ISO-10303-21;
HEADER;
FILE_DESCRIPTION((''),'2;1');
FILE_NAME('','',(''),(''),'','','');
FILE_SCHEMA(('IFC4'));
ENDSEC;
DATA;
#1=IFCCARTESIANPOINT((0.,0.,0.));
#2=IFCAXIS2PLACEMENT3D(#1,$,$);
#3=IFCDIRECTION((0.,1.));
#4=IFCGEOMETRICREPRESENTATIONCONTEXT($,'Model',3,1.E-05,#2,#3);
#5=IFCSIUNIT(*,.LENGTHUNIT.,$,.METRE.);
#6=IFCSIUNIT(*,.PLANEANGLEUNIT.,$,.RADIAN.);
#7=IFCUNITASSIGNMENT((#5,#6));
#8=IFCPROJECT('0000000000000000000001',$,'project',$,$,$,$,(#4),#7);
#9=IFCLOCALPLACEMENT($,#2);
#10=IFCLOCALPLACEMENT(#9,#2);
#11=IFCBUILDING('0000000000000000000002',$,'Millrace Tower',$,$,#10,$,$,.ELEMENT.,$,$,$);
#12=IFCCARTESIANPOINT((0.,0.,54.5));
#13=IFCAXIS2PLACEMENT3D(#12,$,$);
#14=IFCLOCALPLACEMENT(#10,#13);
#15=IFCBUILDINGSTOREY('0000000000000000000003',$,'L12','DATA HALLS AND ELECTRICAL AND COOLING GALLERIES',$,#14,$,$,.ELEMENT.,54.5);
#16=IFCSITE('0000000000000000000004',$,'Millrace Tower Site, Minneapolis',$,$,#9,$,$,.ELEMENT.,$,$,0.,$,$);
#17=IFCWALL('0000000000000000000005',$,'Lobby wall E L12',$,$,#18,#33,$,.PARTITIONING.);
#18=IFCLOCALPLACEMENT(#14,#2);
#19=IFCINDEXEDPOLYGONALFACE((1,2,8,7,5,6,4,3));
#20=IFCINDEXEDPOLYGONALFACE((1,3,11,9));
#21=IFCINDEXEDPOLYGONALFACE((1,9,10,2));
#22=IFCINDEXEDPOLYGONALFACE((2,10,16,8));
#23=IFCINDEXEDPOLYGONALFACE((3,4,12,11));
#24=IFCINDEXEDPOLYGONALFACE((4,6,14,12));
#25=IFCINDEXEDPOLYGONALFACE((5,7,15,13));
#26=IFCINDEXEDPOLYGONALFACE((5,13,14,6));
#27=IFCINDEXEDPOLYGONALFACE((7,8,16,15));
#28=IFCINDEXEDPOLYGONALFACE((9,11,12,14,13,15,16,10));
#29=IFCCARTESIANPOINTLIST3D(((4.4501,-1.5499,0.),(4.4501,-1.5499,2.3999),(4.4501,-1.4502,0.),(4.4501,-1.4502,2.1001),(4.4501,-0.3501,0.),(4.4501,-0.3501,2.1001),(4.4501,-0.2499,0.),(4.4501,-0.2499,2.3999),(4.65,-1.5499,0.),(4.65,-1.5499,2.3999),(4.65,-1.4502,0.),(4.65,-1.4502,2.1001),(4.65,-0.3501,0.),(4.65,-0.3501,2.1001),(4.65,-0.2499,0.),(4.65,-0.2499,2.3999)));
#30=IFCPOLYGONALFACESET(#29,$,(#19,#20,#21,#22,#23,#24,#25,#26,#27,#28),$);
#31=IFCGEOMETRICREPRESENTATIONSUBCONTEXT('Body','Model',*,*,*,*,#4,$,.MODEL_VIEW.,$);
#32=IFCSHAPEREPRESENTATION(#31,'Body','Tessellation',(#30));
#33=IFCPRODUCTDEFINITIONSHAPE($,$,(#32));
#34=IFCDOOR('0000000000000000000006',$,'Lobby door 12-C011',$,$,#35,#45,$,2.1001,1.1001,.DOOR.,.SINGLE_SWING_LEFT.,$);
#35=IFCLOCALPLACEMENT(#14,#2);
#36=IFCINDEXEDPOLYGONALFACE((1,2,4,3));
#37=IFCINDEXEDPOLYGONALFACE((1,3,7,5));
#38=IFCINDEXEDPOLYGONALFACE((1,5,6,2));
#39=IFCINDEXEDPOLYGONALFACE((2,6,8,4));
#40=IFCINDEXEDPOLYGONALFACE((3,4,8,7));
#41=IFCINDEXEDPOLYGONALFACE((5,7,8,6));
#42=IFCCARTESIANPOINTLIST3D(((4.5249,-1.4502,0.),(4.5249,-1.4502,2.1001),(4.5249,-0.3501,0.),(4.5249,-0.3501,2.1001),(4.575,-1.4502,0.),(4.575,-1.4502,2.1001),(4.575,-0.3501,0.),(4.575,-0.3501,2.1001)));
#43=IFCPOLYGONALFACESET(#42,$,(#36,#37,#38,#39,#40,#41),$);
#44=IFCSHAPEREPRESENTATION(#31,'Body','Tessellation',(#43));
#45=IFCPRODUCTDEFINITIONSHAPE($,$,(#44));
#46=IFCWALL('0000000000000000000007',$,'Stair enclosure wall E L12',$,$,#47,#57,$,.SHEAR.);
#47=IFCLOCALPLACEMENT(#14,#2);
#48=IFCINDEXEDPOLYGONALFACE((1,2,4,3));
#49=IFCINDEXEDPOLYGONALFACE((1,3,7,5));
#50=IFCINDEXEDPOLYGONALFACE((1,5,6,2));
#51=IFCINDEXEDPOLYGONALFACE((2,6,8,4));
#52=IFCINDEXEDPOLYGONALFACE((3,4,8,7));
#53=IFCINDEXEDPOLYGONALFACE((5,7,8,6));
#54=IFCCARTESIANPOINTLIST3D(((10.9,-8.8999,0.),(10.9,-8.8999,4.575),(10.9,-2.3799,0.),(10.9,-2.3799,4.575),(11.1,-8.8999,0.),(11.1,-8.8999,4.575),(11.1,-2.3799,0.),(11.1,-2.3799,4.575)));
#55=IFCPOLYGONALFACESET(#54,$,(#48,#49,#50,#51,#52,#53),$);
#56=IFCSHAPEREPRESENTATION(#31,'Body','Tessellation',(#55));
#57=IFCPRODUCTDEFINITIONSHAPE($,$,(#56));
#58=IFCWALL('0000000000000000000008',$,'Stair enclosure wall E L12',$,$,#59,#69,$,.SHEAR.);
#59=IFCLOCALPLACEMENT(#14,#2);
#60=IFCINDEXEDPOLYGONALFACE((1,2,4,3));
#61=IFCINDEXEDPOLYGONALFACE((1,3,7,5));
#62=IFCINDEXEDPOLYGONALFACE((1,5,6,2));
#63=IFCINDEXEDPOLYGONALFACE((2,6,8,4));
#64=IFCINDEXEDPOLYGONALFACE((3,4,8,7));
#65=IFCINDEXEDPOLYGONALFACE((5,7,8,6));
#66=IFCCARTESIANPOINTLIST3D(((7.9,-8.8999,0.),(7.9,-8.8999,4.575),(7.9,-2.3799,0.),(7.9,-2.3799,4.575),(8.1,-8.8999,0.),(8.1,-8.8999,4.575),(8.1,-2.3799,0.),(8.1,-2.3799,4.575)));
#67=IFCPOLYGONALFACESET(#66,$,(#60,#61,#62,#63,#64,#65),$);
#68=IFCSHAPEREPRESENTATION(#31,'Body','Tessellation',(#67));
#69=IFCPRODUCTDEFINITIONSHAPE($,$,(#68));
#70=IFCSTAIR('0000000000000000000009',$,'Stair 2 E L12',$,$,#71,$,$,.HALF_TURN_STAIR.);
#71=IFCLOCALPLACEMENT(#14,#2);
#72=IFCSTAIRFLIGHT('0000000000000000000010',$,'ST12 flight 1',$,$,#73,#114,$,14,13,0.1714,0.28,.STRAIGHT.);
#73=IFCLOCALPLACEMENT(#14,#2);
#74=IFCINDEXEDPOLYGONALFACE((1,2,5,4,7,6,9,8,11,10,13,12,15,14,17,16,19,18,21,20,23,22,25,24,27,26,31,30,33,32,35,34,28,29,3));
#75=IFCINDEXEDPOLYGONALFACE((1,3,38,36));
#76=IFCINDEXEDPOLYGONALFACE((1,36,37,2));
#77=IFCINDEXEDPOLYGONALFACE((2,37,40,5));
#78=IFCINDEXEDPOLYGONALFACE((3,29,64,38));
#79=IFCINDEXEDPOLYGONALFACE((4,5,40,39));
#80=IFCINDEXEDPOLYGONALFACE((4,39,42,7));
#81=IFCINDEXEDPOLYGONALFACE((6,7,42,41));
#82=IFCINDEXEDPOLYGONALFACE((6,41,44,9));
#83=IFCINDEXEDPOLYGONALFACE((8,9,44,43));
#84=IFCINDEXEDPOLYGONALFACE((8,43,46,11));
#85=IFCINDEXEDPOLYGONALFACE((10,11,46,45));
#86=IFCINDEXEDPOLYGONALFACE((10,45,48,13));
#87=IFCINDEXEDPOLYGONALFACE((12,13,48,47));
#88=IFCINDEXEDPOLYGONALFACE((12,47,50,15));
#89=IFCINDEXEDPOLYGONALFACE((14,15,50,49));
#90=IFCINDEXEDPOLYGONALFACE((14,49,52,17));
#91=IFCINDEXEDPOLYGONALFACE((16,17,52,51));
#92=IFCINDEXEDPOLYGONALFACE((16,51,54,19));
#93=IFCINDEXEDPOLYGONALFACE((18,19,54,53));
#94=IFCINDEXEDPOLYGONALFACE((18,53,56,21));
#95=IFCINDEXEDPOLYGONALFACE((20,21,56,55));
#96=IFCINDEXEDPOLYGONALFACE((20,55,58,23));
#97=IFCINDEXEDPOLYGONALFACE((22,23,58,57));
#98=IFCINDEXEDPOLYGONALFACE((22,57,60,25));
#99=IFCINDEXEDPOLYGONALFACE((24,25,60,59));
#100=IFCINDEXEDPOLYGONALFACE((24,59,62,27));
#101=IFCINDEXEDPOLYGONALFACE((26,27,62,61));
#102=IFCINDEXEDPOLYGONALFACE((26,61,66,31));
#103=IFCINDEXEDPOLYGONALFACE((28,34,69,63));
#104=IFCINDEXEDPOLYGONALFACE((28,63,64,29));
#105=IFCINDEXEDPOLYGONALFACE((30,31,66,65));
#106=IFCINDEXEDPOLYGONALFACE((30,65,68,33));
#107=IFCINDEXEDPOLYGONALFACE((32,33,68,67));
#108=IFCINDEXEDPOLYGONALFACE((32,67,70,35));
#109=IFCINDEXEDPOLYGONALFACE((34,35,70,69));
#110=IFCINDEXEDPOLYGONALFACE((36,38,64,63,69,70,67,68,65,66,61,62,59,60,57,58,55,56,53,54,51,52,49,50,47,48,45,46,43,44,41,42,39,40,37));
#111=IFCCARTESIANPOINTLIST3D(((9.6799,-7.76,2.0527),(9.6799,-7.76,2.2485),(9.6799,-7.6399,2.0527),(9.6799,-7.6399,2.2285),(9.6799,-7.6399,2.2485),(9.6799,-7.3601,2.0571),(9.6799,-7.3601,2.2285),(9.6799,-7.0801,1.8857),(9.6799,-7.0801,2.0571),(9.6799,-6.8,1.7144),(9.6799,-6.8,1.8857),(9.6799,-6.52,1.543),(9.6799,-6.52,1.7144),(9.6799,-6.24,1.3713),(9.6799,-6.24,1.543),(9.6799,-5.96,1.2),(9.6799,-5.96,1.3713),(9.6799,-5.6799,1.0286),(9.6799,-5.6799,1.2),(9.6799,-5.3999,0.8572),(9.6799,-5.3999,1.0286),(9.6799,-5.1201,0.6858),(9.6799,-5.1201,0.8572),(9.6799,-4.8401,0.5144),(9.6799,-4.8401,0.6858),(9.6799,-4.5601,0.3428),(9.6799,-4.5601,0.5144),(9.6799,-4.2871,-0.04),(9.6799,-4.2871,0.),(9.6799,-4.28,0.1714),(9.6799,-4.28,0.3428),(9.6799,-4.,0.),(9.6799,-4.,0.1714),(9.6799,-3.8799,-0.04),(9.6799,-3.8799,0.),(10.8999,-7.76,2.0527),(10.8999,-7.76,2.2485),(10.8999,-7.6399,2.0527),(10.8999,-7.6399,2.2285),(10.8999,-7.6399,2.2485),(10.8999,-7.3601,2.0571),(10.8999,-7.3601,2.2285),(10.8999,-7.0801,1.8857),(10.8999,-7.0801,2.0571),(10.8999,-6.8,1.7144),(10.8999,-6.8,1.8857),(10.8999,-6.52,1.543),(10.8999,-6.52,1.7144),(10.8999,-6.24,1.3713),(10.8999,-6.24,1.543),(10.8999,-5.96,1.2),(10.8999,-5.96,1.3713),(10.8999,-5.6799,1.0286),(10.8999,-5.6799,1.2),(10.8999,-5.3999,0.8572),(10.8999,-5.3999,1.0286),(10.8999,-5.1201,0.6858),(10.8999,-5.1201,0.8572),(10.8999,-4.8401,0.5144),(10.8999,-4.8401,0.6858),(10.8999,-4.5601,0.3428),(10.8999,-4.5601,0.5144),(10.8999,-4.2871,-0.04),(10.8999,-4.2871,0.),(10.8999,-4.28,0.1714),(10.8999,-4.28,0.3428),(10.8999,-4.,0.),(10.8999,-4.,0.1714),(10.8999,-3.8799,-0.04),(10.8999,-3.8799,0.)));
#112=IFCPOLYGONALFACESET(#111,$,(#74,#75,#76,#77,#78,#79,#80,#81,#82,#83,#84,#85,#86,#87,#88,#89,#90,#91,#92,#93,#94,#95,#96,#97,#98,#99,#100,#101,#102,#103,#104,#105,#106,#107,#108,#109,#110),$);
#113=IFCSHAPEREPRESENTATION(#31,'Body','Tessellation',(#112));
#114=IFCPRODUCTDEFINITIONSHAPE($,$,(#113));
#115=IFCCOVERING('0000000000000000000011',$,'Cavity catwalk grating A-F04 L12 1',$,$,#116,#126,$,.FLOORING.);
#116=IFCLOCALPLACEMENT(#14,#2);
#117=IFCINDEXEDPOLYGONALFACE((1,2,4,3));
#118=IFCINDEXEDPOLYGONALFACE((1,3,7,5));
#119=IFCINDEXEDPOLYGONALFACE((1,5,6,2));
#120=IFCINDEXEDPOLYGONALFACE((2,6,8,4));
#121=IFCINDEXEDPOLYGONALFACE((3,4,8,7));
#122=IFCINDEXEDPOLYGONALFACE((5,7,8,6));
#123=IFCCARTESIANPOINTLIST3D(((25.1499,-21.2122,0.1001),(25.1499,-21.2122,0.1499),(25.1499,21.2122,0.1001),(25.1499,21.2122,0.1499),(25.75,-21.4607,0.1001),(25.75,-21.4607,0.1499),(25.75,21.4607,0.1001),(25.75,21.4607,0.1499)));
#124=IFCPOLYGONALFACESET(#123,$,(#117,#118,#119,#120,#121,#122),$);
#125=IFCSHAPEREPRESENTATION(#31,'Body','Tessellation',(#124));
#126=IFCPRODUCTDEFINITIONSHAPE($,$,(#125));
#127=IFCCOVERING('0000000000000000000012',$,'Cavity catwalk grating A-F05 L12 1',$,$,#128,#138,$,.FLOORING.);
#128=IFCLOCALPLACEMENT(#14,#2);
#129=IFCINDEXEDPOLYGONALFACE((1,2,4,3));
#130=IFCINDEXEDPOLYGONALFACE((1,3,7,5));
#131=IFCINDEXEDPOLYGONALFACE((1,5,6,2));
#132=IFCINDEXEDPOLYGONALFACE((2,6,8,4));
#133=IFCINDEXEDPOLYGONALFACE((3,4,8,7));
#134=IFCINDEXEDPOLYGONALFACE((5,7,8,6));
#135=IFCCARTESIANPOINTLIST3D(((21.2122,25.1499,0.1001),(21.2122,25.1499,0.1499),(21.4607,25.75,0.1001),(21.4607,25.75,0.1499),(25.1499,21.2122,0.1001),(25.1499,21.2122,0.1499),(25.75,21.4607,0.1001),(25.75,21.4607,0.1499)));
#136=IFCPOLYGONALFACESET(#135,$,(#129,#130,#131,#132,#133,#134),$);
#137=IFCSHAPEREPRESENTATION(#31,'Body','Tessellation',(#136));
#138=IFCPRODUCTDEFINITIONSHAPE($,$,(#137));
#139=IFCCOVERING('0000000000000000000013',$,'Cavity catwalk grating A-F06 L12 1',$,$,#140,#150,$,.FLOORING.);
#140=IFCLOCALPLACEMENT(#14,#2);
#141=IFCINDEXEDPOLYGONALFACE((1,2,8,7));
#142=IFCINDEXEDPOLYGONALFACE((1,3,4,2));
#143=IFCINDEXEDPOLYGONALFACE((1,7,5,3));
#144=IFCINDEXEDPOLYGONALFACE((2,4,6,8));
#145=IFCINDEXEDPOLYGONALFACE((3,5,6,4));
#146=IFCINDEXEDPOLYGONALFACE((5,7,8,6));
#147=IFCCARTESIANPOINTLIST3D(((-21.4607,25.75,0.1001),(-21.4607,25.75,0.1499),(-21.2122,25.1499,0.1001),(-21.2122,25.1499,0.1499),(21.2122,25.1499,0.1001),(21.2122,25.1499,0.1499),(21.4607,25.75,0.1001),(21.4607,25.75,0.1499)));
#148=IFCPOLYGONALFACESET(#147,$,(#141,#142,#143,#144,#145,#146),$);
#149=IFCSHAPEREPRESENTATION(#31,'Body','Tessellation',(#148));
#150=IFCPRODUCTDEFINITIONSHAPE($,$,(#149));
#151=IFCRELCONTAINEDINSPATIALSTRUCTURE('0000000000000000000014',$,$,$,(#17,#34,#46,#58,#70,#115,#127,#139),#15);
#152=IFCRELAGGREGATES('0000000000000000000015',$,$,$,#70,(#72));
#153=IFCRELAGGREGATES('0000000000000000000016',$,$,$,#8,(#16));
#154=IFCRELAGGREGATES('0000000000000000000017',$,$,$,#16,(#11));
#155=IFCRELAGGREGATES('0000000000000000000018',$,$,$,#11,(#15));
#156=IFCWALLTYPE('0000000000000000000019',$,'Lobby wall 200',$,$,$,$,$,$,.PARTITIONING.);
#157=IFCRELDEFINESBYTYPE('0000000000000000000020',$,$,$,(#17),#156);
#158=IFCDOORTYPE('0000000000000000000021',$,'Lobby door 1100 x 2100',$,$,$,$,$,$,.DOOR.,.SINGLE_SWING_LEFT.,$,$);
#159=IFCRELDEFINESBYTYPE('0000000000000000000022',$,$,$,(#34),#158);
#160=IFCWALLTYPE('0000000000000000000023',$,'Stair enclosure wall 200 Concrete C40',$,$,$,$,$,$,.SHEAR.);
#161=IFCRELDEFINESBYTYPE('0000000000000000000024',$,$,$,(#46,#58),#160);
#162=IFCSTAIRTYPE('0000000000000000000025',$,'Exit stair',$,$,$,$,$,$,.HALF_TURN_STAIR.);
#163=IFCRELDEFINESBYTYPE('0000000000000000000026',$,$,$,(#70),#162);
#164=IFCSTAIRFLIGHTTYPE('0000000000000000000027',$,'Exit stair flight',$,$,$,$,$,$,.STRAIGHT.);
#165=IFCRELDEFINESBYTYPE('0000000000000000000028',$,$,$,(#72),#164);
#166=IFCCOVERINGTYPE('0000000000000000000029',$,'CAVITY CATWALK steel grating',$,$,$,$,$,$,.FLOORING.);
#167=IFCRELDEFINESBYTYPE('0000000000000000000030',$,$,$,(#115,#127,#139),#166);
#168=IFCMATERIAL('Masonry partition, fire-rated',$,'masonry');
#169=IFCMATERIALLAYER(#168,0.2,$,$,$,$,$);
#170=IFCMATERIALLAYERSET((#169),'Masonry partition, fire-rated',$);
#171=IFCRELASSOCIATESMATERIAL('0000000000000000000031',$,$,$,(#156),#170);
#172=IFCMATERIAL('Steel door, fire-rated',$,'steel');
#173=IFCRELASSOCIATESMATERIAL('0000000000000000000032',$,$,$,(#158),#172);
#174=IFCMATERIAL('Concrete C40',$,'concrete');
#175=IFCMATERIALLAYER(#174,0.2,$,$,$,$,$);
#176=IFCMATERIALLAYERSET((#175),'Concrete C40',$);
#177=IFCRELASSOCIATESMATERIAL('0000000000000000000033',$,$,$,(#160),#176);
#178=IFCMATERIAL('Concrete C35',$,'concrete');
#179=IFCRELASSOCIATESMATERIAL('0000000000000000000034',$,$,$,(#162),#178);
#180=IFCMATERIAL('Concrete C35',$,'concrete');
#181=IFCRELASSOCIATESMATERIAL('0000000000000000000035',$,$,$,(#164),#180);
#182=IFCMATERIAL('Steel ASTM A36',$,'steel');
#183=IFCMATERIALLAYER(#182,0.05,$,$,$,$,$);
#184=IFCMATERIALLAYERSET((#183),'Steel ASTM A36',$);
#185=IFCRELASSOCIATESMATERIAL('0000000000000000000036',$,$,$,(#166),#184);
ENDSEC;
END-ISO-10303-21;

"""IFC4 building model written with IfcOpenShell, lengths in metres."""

from ifc_helpers import new_model, si_unit, direction, frame, frame_2d, origin, place, context, subcontext, project, spatial, polyline, rectangle, outline, extrude, material, layer, layer_set, type_object, element, fill, aggregate, save


model = new_model("IFC4")

# Units and contexts
model_context = context("Model", 3, precision=1e-05, world=origin(), true_north=direction((0.0, 1.0)))
body_context = subcontext(model_context, "Body", "Model", "MODEL_VIEW")
ifc_project = project(units=[si_unit("LENGTHUNIT", "METRE"), si_unit("PLANEANGLEUNIT", "RADIAN")], contexts=[model_context])

# Site, building, storey
site_placement = place(None, origin())
site = spatial("IfcSite", under=ifc_project, at=site_placement, Name="Millrace Tower Site, Minneapolis", CompositionType="ELEMENT", RefElevation=0.0)
building_placement = place(site_placement, origin())
building = spatial("IfcBuilding", under=site, at=building_placement, Name="Millrace Tower", CompositionType="ELEMENT")
storey_placement = place(building_placement, frame((0.0, 0.0, 54.5)))
storey = spatial("IfcBuildingStorey", under=building, at=storey_placement, Name="L12", Description="DATA HALLS AND ELECTRICAL AND COOLING GALLERIES", CompositionType="ELEMENT", Elevation=54.5)

# Shared definitions
placement_1 = place(storey_placement, origin())

# Wall, opening, door
ifc_material_1 = material(Name="Masonry partition, fire-rated", Category="masonry")
ifc_layer_1 = layer(ifc_material_1, 0.2)
ifc_layer_set_1 = layer_set([ifc_layer_1], Name="Masonry partition, fire-rated")
wall_type_1 = type_object("IfcWallType", Name="Lobby wall 200", PredefinedType="PARTITIONING", material=ifc_layer_set_1)
wall_1_placement = place(storey_placement, frame((4.55, -0.25, 0.0), z_axis=(0.0, 0.0, 1.0), x_axis=(0.0, -1.0, 0.0)))
wall_1 = element("IfcWall", 1, at=wall_1_placement, inside=storey, type_object=wall_type_1, Name="Lobby wall E L12", PredefinedType="PARTITIONING", context=body_context, shape_type="SweptSolid", body=[
    extrude(rectangle(XDim=1.3, YDim=0.2, at=frame_2d((0.6499, 0.0))), origin(), (0.0, 0.0, 1.0), 2.3999),
])
opening_placement = place(wall_1_placement, frame((0.1001, 0.0, 0.0)))
opening = element("IfcOpeningElement", 2, at=opening_placement, cuts=wall_1, PredefinedType="OPENING", context=body_context, shape_type="SweptSolid", body=[
    extrude(rectangle(XDim=1.1001, YDim=2.1001, at=frame_2d((0.55, 1.05))), frame((0.0, 0.1099, 0.0), z_axis=(0.0, -1.0, 0.0), x_axis=(1.0, 0.0, 0.0)), (0.0, 0.0, 1.0), 0.22),
])
ifc_material_2 = material(Name="Steel door, fire-rated", Category="steel")
door_type = type_object("IfcDoorType", Name="Lobby door 1100 x 2100", OperationType="SINGLE_SWING_LEFT", PredefinedType="DOOR", material=ifc_material_2)
door_placement = place(opening_placement, origin())
door = element("IfcDoor", 3, at=door_placement, inside=storey, type_object=door_type, Name="Lobby door 12-C011", OperationType="SINGLE_SWING_LEFT", OverallHeight=2.1001, OverallWidth=1.1001, PredefinedType="DOOR", context=body_context, shape_type="SweptSolid", body=[
    extrude(rectangle(XDim=1.1001, YDim=2.1001, at=frame_2d((0.55, 1.05))), frame((0.0, 0.0249, 0.0), z_axis=(0.0, -1.0, 0.0), x_axis=(1.0, 0.0, 0.0)), (0.0, 0.0, 1.0), 0.05),
])
fill(opening, door)

# Walls
ifc_material_3 = material(Name="Concrete C40", Category="concrete")
ifc_layer_2 = layer(ifc_material_3, 0.2)
ifc_layer_set_2 = layer_set([ifc_layer_2], Name="Concrete C40")
wall_type_2 = type_object("IfcWallType", Name="Stair enclosure wall 200 Concrete C40", PredefinedType="SHEAR", material=ifc_layer_set_2)
for number, where, z_axis, x_axis, name in (
    (4, (11.0, -2.3799, 0.0), (0.0, 0.0, 1.0), (0.0, -1.0, 0.0), "Stair enclosure wall E L12"),
    (5, (8.0, -2.3799, 0.0), (0.0, 0.0, 1.0), (0.0, -1.0, 0.0), "Stair enclosure wall E L12"),
):
    element("IfcWall", number, at=place(storey_placement, frame(where, z_axis=z_axis, x_axis=x_axis)), inside=storey, type_object=wall_type_2, Name=name, PredefinedType="SHEAR", context=body_context, shape_type="SweptSolid", body=[
        extrude(rectangle(XDim=6.52, YDim=0.2, at=frame_2d((3.26, 0.0))), origin(), (0.0, 0.0, 1.0), 4.575),
    ])

# Stair, stair flight
ifc_material_4 = material(Name="Concrete C35", Category="concrete")
stair_type = type_object("IfcStairType", Name="Exit stair", PredefinedType="HALF_TURN_STAIR", material=ifc_material_4)
stair = element("IfcStair", 6, at=placement_1, inside=storey, type_object=stair_type, Name="Stair 2 E L12", PredefinedType="HALF_TURN_STAIR")
ifc_material_5 = material(Name="Concrete C35", Category="concrete")
stair_flight_type = type_object("IfcStairFlightType", Name="Exit stair flight", PredefinedType="STRAIGHT", material=ifc_material_5)
stair_flight_placement = place(storey_placement, frame((10.29, -4.0, 0.0), z_axis=(0.0, 0.0, 1.0), x_axis=(0.0, -1.0, 0.0)))
stair_flight = element("IfcStairFlight", 7, at=stair_flight_placement, type_object=stair_flight_type, Name="ST12 flight 1", NumberOfRisers=14, NumberOfTreads=13, PredefinedType="STRAIGHT", RiserHeight=0.1714, TreadLength=0.28, context=body_context, shape_type="SweptSolid", body=[
    extrude(outline(polyline([(-0.1201, -0.04), (-0.1201, 0.0), (0.0, 0.0), (0.0, 0.1714), (0.28, 0.1714), (0.28, 0.3428), (0.5601, 0.3428), (0.5601, 0.5144), (0.8401, 0.5144), (0.8401, 0.6858), (1.1201, 0.6858), (1.1201, 0.8572), (1.3999, 0.8572), (1.3999, 1.0286), (1.6799, 1.0286), (1.6799, 1.2), (1.96, 1.2), (1.96, 1.3713), (2.24, 1.3713), (2.24, 1.543), (2.52, 1.543), (2.52, 1.7144), (2.8, 1.7144), (2.8, 1.8857), (3.0801, 1.8857), (3.0801, 2.0571), (3.3601, 2.0571), (3.3601, 2.2285), (3.6399, 2.2285), (3.6399, 2.2485), (3.76, 2.2485), (3.76, 2.0527), (3.6399, 2.0527), (0.2871, 0.0), (0.2871, -0.04), (-0.1201, -0.04)])), frame((0.0, 0.6099, 0.0), z_axis=(0.0, -1.0, 0.0), x_axis=(1.0, 0.0, 0.0)), (0.0, 0.0, 1.0), 1.22),
])
aggregate(stair, [stair_flight])

# Coverings
ifc_material_6 = material(Name="Steel ASTM A36", Category="steel")
ifc_layer_3 = layer(ifc_material_6, 0.05)
ifc_layer_set_3 = layer_set([ifc_layer_3], Name="Steel ASTM A36")
covering_type = type_object("IfcCoveringType", Name="CAVITY CATWALK steel grating", PredefinedType="FLOORING", material=ifc_layer_set_3)
placement_2 = place(storey_placement, frame((0.0, 0.0, 0.1001)))
element("IfcCovering", 8, at=placement_2, inside=storey, type_object=covering_type, Name="Cavity catwalk grating A-F04 L12 1", PredefinedType="FLOORING", context=body_context, shape_type="SweptSolid", body=[
    extrude(outline(polyline([(25.75, -21.4607), (25.75, 21.4607), (25.1499, 21.2122), (25.1499, -21.2122), (25.75, -21.4607)])), origin(), (0.0, 0.0, 1.0), 0.0498),
])
element("IfcCovering", 9, at=placement_2, inside=storey, type_object=covering_type, Name="Cavity catwalk grating A-F05 L12 1", PredefinedType="FLOORING", context=body_context, shape_type="SweptSolid", body=[
    extrude(outline(polyline([(25.75, 21.4607), (21.4607, 25.75), (21.2122, 25.1499), (25.1499, 21.2122), (25.75, 21.4607)])), origin(), (0.0, 0.0, 1.0), 0.0498),
])
element("IfcCovering", 10, at=placement_2, inside=storey, type_object=covering_type, Name="Cavity catwalk grating A-F06 L12 1", PredefinedType="FLOORING", context=body_context, shape_type="SweptSolid", body=[
    extrude(outline(polyline([(21.4607, 25.75), (-21.4607, 25.75), (-21.2122, 25.1499), (21.2122, 25.1499), (21.4607, 25.75)])), origin(), (0.0, 0.0, 1.0), 0.0498),
])

save(model, "model.ifc")
